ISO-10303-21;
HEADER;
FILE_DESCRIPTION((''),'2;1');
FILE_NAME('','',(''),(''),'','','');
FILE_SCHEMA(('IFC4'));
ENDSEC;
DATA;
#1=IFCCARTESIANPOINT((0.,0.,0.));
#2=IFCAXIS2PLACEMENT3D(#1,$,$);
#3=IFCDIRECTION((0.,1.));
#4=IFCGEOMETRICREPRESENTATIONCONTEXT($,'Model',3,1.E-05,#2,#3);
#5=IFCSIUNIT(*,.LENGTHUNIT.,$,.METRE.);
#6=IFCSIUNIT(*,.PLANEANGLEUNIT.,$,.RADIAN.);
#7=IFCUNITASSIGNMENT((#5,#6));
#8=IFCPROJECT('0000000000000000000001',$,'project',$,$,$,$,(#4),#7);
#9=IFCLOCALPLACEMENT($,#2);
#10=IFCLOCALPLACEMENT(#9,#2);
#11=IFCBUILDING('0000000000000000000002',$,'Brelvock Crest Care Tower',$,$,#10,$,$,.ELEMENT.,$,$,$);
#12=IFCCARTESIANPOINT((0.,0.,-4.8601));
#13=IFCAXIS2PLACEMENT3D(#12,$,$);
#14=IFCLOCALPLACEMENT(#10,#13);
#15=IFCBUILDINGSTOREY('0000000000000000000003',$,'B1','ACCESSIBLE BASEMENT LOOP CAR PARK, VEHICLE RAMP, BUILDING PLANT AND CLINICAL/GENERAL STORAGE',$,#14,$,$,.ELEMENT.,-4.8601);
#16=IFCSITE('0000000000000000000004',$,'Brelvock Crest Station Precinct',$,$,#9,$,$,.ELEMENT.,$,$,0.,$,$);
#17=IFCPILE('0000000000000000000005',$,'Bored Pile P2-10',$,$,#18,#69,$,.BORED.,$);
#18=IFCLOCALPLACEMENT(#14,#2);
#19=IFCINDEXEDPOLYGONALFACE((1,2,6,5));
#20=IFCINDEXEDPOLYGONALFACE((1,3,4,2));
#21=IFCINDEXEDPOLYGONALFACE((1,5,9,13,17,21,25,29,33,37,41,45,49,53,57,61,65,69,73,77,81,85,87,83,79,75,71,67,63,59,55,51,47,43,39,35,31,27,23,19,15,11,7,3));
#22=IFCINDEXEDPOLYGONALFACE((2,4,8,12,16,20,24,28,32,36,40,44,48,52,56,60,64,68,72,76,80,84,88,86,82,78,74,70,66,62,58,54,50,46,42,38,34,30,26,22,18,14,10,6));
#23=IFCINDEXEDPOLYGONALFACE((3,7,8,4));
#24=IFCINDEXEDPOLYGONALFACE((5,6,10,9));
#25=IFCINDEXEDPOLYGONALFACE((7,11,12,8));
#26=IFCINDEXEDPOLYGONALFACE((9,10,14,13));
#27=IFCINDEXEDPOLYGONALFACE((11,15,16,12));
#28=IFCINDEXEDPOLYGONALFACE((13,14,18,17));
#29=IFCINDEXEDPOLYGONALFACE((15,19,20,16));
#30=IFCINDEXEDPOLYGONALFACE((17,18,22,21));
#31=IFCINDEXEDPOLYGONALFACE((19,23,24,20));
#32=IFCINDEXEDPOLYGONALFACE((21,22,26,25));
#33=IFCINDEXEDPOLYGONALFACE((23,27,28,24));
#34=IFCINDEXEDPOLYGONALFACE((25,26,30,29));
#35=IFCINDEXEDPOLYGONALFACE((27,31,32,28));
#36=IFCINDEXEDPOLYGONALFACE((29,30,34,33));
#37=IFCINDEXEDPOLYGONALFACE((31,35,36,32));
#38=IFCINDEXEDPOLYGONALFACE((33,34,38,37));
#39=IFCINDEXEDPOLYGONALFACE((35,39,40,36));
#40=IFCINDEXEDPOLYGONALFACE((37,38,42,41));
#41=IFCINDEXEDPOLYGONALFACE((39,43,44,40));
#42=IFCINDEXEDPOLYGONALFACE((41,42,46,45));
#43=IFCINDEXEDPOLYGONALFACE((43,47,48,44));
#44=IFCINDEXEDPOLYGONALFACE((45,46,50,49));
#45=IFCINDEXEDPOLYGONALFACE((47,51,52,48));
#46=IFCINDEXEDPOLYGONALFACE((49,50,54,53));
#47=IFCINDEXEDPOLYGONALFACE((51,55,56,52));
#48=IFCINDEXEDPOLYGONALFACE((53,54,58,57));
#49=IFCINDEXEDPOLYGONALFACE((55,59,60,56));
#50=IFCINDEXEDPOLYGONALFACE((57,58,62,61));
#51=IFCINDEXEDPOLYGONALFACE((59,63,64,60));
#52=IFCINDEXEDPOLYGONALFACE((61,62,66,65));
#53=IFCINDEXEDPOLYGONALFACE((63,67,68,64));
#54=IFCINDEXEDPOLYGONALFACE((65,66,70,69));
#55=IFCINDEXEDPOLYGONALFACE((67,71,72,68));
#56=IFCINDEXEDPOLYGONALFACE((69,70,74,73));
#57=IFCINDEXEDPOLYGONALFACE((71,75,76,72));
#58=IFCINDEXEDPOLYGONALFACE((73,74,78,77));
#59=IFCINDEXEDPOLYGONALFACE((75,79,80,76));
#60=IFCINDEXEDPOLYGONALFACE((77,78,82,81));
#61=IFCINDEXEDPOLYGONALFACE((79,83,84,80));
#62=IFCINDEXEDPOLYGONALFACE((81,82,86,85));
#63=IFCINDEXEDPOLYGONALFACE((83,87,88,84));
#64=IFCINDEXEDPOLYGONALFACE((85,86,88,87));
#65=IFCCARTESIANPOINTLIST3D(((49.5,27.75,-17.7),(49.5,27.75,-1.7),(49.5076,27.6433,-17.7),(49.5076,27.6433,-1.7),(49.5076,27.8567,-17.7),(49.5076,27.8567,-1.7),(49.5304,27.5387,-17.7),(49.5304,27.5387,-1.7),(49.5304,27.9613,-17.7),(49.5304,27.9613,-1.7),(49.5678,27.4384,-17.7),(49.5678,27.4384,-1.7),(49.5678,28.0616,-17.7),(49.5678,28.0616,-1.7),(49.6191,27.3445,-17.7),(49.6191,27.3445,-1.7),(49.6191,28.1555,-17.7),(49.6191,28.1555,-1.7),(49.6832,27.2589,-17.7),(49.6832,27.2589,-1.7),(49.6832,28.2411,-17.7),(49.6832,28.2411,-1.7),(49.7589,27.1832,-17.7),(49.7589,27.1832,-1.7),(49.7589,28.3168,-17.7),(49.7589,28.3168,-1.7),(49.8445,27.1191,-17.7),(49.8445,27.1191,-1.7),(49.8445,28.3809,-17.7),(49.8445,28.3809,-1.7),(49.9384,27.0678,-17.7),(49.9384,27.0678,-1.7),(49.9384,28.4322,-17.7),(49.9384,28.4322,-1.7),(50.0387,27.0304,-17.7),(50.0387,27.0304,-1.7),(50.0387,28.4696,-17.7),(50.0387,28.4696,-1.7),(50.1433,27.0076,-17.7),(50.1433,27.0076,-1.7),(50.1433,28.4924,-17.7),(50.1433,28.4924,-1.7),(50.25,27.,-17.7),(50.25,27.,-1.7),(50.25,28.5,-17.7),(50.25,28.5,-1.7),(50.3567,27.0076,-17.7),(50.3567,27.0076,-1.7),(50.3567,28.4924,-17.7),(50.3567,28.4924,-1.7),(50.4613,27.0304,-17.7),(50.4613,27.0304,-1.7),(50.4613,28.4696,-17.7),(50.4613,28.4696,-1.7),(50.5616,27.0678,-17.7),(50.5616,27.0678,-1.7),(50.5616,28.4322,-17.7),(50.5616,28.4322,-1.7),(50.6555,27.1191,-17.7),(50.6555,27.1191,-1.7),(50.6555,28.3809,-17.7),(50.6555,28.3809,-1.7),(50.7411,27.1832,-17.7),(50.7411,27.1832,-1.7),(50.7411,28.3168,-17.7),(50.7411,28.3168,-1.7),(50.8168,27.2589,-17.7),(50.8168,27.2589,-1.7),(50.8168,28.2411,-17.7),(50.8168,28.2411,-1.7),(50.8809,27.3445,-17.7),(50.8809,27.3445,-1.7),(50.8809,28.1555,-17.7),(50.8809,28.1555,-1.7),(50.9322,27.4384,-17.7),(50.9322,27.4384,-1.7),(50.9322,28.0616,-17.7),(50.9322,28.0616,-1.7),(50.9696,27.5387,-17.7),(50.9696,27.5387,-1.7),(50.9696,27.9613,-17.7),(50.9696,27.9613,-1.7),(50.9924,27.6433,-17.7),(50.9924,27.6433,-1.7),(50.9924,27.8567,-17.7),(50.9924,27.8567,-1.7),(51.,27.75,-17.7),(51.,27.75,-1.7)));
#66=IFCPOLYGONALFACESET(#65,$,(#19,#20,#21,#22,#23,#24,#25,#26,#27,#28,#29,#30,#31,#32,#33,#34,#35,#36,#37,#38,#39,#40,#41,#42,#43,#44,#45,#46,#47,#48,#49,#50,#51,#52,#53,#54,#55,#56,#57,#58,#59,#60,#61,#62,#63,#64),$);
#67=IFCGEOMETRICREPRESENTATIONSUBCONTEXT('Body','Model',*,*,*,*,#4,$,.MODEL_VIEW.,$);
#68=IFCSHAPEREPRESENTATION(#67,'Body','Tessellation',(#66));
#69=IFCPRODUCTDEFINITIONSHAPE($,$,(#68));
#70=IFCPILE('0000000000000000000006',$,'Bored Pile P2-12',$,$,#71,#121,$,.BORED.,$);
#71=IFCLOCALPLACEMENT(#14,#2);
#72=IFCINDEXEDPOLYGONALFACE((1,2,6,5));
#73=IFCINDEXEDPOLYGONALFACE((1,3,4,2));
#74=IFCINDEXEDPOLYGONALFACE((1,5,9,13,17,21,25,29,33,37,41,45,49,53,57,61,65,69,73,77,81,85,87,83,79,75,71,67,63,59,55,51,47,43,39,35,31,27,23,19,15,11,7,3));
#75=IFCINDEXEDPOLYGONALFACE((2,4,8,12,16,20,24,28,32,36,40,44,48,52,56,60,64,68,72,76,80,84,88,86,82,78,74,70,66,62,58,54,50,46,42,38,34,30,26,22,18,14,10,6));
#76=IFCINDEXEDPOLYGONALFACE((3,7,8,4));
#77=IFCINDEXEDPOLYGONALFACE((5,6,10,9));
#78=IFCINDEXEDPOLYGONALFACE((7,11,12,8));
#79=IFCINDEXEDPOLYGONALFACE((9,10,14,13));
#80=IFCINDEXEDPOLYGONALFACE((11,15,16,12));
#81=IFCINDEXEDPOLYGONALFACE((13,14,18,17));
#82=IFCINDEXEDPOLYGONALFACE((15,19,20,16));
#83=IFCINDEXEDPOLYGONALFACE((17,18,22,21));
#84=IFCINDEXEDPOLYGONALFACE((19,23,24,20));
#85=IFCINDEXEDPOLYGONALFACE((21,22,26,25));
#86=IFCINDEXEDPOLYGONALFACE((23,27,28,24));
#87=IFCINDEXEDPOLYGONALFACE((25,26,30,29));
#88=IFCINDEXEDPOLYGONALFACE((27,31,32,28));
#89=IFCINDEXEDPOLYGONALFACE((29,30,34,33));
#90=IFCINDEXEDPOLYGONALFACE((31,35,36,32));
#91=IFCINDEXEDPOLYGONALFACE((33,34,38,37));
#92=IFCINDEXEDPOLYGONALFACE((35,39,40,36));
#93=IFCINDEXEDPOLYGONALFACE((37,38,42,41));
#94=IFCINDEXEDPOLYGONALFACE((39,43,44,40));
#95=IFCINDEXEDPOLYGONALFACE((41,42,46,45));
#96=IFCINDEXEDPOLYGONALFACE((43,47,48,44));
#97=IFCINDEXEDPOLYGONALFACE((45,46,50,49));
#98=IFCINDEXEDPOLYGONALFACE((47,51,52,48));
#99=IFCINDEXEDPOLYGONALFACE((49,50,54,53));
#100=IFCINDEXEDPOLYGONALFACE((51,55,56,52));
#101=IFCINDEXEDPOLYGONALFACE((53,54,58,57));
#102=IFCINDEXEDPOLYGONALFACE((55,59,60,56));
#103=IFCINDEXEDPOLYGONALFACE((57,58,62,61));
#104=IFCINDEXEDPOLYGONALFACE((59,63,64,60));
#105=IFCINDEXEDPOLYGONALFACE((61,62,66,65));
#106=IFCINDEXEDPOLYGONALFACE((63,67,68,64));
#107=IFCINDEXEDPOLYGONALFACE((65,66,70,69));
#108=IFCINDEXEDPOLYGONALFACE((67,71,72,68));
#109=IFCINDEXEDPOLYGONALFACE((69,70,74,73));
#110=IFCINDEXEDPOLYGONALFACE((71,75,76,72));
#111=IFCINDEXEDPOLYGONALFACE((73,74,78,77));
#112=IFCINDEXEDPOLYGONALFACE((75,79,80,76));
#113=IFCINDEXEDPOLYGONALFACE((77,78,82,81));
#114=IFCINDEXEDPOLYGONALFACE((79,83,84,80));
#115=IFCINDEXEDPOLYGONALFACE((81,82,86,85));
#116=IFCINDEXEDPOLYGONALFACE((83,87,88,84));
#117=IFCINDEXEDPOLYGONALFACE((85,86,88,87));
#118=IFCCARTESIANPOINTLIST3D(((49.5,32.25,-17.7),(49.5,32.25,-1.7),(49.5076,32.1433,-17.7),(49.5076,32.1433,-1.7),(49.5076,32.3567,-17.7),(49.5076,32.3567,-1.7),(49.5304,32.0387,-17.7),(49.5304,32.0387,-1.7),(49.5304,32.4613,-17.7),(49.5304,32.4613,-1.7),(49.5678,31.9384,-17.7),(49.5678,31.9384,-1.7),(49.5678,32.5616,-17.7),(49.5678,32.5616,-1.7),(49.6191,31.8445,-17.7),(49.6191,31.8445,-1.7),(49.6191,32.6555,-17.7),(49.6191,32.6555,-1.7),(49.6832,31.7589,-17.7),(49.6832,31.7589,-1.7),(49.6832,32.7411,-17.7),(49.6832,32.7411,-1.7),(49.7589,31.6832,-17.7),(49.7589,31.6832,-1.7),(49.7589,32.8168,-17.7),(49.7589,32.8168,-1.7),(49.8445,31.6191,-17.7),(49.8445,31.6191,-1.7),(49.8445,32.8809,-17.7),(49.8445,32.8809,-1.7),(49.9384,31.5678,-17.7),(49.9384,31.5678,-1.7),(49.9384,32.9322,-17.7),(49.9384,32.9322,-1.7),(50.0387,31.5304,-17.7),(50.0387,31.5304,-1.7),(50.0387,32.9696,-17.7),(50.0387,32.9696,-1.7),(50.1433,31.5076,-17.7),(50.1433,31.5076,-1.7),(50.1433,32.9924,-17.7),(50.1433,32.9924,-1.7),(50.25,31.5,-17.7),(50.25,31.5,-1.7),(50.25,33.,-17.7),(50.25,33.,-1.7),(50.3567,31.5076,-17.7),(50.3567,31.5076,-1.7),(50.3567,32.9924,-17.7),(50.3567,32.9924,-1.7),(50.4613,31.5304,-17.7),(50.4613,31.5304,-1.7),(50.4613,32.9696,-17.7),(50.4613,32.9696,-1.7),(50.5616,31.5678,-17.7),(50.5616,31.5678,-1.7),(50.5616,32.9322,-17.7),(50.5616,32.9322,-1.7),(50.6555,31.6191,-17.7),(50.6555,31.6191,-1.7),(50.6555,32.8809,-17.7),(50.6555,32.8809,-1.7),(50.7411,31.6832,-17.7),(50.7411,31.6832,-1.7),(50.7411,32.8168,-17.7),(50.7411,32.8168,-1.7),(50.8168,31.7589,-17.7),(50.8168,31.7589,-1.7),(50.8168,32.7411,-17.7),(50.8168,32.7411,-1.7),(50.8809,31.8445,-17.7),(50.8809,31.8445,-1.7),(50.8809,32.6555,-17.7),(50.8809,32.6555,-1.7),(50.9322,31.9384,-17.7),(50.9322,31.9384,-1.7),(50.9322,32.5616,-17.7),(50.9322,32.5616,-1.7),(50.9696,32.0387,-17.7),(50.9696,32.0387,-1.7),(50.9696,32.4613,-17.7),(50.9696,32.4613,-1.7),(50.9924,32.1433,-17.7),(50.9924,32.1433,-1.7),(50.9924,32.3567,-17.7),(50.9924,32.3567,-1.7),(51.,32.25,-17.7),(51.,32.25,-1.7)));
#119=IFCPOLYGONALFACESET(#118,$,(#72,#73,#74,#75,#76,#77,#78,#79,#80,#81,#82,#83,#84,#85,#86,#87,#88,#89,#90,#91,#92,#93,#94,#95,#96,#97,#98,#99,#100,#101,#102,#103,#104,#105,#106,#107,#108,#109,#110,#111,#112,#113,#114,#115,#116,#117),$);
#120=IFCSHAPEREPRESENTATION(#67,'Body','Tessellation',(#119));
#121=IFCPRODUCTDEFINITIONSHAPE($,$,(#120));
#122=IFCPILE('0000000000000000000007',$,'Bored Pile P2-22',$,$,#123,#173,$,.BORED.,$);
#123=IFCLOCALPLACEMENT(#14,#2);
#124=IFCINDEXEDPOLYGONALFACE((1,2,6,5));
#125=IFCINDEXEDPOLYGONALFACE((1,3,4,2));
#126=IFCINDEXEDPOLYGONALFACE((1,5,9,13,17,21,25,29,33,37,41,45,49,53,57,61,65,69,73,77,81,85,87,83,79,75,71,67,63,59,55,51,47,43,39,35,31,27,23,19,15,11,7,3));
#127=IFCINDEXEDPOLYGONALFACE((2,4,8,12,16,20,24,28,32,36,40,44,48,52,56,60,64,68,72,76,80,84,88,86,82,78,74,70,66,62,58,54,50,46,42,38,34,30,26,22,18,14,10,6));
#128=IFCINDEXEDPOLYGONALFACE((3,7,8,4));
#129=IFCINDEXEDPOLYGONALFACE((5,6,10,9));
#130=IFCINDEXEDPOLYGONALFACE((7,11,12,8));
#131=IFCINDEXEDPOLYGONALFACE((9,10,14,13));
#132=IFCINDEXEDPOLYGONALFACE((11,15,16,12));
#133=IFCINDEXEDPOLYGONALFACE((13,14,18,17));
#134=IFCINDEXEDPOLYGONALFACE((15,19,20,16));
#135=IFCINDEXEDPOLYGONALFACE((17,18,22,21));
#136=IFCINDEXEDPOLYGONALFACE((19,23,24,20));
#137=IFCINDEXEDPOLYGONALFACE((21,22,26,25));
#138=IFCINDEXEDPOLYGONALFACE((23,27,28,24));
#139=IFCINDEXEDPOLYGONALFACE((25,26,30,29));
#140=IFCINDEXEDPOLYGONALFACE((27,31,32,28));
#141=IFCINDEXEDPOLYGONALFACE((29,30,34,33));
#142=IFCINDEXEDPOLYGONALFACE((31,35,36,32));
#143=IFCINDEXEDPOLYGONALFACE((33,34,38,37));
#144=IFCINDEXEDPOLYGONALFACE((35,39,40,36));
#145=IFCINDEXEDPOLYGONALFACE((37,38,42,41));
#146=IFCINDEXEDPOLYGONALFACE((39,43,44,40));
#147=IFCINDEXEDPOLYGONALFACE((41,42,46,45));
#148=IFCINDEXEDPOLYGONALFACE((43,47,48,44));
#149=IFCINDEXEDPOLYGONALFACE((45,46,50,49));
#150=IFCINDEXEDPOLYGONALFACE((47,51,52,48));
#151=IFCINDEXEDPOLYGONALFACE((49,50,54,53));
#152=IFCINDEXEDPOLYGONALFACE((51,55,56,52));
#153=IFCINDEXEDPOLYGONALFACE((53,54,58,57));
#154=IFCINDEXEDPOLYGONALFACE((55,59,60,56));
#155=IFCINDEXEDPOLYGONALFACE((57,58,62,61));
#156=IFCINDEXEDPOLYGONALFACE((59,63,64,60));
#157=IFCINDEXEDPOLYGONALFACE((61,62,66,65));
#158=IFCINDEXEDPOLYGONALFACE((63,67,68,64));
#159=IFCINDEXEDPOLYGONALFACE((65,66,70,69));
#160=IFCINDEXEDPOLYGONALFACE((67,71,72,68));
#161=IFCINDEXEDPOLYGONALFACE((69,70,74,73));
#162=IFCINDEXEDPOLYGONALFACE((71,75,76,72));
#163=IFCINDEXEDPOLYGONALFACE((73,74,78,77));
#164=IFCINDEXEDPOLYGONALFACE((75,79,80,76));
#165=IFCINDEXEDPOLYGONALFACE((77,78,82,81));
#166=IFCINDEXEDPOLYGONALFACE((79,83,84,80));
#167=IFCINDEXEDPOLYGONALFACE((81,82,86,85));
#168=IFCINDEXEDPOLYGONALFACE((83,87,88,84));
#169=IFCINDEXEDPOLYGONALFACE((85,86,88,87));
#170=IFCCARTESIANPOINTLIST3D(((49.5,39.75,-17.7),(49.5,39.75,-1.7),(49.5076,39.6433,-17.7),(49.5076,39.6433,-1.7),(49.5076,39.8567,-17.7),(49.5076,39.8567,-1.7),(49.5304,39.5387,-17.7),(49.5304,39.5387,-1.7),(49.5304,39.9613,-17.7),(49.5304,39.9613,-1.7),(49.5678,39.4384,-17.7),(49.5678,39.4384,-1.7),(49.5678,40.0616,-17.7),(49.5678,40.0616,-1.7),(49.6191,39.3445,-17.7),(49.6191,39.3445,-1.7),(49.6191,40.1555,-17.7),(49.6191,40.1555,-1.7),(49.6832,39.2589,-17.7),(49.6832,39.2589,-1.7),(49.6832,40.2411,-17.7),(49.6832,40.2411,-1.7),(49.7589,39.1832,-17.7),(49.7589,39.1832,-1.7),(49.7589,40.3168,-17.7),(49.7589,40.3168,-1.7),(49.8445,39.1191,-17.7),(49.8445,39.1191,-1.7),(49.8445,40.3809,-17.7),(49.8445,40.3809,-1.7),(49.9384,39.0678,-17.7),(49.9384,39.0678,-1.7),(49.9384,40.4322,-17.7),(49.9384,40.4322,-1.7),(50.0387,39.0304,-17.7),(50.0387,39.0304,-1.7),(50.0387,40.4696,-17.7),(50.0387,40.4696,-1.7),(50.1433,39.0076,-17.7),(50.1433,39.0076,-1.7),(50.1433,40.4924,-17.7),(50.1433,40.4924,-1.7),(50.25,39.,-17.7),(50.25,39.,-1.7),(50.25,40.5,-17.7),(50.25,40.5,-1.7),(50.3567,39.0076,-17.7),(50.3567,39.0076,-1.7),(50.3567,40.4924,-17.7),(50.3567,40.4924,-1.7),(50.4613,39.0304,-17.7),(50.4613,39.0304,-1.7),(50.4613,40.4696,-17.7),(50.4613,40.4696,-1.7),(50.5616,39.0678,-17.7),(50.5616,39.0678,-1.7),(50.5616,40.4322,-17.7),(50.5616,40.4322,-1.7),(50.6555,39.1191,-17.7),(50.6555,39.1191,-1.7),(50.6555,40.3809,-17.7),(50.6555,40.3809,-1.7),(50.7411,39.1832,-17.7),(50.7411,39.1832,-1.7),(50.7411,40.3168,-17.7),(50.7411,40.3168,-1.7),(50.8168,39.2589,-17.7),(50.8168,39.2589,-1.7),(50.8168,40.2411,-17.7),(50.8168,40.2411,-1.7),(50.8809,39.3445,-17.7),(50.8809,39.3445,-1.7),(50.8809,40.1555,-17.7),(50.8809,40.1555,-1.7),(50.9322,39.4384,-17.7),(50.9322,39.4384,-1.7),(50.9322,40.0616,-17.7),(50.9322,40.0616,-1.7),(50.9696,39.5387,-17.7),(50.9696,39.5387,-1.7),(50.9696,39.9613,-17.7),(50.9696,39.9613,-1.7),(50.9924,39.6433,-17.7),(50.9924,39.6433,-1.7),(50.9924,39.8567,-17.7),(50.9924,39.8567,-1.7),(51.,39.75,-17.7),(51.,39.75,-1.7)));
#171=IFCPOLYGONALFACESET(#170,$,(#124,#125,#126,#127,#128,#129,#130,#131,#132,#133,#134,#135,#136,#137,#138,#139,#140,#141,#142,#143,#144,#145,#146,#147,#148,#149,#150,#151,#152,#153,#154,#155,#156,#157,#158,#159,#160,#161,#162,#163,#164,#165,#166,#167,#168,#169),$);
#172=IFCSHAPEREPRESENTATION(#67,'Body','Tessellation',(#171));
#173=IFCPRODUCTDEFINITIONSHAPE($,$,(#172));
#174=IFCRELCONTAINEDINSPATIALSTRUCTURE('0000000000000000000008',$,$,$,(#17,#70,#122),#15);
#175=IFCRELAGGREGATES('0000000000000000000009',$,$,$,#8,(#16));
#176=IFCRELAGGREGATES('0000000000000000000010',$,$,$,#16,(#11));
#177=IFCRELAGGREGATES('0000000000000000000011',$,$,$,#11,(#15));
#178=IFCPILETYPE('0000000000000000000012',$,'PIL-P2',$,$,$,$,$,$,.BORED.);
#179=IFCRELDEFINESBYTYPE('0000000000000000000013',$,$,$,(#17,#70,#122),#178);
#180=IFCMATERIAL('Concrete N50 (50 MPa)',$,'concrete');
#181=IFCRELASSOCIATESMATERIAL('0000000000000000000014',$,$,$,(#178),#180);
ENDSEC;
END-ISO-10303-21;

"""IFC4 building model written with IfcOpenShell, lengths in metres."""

from ifc_helpers import new_model, si_unit, direction, frame, origin, origin_2d, place, context, subcontext, project, spatial, circle, extrude, source, transform, mapped, material, material_profile, profile_set, type_object, element, save


model = new_model("IFC4")

# Units and contexts
model_context = context("Model", 3, precision=1e-05, world=origin(), true_north=direction((0.0, 1.0)))
body_context = subcontext(model_context, "Body", "Model", "MODEL_VIEW")
ifc_project = project(units=[si_unit("LENGTHUNIT", "METRE"), si_unit("PLANEANGLEUNIT", "RADIAN")], contexts=[model_context])

# Site, building, storey
site_placement = place(None, origin())
site = spatial("IfcSite", under=ifc_project, at=site_placement, Name="Brelvock Crest Station Precinct", CompositionType="ELEMENT", RefElevation=0.0)
building_placement = place(site_placement, origin())
building = spatial("IfcBuilding", under=site, at=building_placement, Name="Brelvock Crest Care Tower", CompositionType="ELEMENT")
storey_placement = place(building_placement, frame((0.0, 0.0, -4.8601)))
storey = spatial("IfcBuildingStorey", under=building, at=storey_placement, Name="B1", Description="ACCESSIBLE BASEMENT LOOP CAR PARK, VEHICLE RAMP, BUILDING PLANT AND CLINICAL/GENERAL STORAGE", CompositionType="ELEMENT", Elevation=-4.8601)

# Piles
ifc_material_1 = material(Name="Concrete N50 (50 MPa)", Category="concrete")
ifc_material_profile_1 = material_profile(ifc_material_1, circle(Radius=0.75, at=origin_2d()), Name="BORED PILE D1500")
ifc_profile_set_1 = profile_set([ifc_material_profile_1], Name="Concrete N50 (50 MPa)")
pile_type = type_object("IfcPileType", Name="PIL-P2", PredefinedType="BORED", material=ifc_profile_set_1)
shared_shape_1 = source(origin(), body_context, "Body", "SweptSolid", [
    extrude(circle(Radius=0.75, at=origin_2d()), origin(), (0.0, 0.0, 1.0), 16.0),
])
for number, where, z_axis, x_axis, name in (
    (1, (50.25, 27.75, -1.7), (0.0, 0.0, -1.0), (1.0, 0.0, 0.0), "Bored Pile P2-10"),
    (2, (50.25, 32.25, -1.7), (0.0, 0.0, -1.0), (1.0, 0.0, 0.0), "Bored Pile P2-12"),
    (3, (50.25, 39.75, -1.7), (0.0, 0.0, -1.0), (1.0, 0.0, 0.0), "Bored Pile P2-22"),
):
    element("IfcPile", number, at=place(storey_placement, frame(where, z_axis=z_axis, x_axis=x_axis)), inside=storey, type_object=pile_type, Name=name, PredefinedType="BORED", context=body_context, shape_type="MappedRepresentation", body=[
        mapped(shared_shape_1, transform((0.0, 0.0, 0.0), x_axis=(1.0, 0.0, 0.0), y_axis=(0.0, 1.0, 0.0), z_axis=(0.0, 0.0, 1.0), scale=1.0)),
    ])

save(model, "model.ifc")
